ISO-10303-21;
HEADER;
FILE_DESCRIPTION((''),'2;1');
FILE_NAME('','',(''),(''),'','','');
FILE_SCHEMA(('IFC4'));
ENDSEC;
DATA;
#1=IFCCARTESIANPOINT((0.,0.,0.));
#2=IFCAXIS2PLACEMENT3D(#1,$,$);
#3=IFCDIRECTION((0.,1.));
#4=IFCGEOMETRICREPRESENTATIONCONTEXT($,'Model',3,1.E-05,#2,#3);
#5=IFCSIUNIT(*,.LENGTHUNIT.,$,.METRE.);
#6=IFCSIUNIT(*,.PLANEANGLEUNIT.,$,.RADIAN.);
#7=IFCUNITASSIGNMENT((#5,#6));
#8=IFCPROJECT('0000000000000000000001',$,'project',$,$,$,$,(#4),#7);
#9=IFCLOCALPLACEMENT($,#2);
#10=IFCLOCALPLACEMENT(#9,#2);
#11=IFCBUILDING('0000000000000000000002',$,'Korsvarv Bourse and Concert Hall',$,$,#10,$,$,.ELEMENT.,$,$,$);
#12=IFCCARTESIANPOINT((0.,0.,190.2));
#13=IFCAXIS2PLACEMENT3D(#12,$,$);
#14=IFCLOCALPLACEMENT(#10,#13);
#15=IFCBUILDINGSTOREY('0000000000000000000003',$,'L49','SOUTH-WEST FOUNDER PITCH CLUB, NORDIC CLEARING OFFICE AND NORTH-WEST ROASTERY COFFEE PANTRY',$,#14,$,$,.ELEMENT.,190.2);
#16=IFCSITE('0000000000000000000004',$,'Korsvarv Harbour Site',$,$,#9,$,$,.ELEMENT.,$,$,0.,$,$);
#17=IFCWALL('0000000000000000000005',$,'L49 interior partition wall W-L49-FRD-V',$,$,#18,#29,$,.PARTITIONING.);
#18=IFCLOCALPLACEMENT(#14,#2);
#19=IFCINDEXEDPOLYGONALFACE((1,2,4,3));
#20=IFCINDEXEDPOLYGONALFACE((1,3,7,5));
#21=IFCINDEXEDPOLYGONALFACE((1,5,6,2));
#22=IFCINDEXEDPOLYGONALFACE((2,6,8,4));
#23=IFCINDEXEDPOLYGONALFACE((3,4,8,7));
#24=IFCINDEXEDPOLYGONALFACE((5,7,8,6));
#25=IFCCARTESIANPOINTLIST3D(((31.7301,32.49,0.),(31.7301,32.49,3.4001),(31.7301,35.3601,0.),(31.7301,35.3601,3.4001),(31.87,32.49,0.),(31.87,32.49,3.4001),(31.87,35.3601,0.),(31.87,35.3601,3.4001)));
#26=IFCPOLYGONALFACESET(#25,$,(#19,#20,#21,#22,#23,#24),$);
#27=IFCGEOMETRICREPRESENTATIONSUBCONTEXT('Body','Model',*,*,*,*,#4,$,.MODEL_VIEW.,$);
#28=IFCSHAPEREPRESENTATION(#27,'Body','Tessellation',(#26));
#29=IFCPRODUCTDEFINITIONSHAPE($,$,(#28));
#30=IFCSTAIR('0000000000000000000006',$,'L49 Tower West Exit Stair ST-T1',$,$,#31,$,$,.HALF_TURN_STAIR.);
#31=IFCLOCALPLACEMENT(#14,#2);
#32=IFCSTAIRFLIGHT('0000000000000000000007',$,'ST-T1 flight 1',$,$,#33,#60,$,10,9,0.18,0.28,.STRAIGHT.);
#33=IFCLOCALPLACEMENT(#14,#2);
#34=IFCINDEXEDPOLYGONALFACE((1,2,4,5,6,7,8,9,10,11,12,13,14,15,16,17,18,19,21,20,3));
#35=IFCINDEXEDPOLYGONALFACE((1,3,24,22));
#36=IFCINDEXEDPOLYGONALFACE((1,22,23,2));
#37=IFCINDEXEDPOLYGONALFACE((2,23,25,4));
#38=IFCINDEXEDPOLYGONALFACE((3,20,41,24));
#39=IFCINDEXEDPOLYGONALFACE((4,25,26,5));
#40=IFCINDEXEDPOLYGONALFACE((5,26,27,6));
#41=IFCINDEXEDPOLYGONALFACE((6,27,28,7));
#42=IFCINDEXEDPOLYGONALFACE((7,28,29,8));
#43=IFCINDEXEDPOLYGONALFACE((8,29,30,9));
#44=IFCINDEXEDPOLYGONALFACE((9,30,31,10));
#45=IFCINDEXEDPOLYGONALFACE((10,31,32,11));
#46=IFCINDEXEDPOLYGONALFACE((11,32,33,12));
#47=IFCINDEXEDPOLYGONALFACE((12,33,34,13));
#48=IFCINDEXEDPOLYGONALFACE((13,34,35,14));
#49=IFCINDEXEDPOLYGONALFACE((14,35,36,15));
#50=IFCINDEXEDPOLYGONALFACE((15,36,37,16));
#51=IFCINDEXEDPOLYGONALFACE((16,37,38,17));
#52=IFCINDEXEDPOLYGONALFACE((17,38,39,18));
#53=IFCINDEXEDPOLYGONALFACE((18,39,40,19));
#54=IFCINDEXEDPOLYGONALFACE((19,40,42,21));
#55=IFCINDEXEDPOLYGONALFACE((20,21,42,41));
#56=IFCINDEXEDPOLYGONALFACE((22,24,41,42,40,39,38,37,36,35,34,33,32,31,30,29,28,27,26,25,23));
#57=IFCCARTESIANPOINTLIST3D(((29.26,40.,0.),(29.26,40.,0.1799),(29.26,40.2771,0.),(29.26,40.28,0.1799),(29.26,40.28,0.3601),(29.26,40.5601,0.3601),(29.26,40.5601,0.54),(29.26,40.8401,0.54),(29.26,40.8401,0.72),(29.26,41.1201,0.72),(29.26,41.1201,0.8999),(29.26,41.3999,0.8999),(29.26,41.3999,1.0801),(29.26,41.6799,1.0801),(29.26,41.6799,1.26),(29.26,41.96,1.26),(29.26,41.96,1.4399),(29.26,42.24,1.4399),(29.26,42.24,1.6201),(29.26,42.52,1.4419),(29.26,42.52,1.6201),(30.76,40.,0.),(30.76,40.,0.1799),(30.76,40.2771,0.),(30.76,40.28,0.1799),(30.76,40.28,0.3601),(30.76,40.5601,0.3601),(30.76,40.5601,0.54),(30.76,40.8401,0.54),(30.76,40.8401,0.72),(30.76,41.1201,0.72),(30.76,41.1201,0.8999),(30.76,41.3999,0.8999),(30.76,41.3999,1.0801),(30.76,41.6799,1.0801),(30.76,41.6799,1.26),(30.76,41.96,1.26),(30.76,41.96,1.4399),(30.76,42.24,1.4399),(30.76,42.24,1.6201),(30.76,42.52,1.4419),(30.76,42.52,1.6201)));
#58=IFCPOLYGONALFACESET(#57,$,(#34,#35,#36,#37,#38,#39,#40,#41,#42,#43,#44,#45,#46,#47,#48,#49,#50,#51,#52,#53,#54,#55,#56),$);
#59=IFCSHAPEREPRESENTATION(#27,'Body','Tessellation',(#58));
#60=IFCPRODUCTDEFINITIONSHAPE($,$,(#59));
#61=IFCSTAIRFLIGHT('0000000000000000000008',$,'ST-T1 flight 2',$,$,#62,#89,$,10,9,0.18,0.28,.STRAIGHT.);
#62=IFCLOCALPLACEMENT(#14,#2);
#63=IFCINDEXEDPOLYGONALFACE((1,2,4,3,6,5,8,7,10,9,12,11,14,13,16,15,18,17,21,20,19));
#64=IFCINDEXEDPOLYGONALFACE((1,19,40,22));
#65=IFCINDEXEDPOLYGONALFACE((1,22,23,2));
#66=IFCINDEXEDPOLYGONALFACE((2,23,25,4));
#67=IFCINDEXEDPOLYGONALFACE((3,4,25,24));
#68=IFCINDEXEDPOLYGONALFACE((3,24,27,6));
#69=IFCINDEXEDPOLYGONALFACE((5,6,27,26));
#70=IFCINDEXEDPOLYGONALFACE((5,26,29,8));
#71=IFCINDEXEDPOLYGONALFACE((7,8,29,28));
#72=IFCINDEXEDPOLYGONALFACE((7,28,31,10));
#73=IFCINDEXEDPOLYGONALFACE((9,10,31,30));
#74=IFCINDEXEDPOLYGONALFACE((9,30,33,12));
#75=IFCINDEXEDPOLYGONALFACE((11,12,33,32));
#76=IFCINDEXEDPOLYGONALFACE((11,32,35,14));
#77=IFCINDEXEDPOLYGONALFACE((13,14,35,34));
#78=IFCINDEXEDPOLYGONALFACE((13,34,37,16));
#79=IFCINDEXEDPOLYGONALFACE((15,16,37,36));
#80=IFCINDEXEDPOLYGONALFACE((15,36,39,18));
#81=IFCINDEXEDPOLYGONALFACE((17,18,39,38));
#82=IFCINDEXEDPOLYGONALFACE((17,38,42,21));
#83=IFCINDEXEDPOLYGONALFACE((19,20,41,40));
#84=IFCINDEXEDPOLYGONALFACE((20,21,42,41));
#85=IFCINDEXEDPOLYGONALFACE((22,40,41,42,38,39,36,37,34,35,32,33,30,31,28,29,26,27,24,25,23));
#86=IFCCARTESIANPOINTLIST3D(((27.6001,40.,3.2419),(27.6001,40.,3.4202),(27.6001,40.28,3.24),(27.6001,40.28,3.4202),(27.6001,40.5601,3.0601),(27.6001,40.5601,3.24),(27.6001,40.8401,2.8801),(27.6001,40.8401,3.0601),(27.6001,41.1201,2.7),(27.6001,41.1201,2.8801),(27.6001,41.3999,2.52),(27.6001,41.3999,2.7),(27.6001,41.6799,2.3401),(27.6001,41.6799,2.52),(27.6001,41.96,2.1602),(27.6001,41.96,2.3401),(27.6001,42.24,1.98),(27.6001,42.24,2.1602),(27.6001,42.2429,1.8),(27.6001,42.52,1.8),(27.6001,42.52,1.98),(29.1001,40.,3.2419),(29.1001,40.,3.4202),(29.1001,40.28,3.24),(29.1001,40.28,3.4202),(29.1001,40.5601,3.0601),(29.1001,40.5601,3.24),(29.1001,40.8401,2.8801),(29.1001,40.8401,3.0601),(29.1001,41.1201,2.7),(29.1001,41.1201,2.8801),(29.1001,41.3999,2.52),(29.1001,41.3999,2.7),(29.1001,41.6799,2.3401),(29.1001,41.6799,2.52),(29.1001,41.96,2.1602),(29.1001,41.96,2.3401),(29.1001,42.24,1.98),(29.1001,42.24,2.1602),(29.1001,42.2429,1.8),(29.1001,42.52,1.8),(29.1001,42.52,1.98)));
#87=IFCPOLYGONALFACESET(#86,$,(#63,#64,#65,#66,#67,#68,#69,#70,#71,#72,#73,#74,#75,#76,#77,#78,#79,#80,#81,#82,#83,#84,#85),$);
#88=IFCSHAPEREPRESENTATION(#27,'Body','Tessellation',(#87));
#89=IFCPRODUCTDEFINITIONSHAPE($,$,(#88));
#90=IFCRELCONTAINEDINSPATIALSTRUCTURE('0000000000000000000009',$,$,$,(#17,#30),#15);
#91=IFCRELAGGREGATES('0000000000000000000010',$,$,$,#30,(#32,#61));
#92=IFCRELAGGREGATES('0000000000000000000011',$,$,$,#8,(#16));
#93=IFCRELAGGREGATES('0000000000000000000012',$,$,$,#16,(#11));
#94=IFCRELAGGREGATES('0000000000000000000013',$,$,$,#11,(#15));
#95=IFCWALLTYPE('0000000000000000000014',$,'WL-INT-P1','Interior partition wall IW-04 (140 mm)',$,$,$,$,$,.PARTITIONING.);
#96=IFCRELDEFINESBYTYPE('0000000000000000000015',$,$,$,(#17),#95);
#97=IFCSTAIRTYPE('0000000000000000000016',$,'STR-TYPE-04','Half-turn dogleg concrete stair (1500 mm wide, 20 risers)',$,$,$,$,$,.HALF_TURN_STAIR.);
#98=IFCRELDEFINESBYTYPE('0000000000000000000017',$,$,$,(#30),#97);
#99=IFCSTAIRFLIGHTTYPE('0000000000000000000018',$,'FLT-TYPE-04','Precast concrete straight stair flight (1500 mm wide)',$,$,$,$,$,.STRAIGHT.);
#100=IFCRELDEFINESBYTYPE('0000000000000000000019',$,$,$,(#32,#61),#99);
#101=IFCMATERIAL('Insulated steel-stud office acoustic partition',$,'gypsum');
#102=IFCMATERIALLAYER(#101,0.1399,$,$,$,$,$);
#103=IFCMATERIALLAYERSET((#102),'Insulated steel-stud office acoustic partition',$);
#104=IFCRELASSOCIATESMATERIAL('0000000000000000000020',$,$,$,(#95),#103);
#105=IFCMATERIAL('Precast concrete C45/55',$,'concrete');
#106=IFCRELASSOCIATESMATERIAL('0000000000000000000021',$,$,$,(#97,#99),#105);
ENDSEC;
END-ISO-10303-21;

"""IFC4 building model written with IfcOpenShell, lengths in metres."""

from ifc_helpers import new_model, si_unit, direction, frame, frame_2d, origin, place, context, subcontext, project, spatial, polyline, rectangle, outline, extrude, material, layer, layer_set, type_object, element, aggregate, save


model = new_model("IFC4")

# Units and contexts
model_context = context("Model", 3, precision=1e-05, world=origin(), true_north=direction((0.0, 1.0)))
body_context = subcontext(model_context, "Body", "Model", "MODEL_VIEW")
ifc_project = project(units=[si_unit("LENGTHUNIT", "METRE"), si_unit("PLANEANGLEUNIT", "RADIAN")], contexts=[model_context])

# Site, building, storey
site_placement = place(None, origin())
site = spatial("IfcSite", under=ifc_project, at=site_placement, Name="Korsvarv Harbour Site", CompositionType="ELEMENT", RefElevation=0.0)
building_placement = place(site_placement, origin())
building = spatial("IfcBuilding", under=site, at=building_placement, Name="Korsvarv Bourse and Concert Hall", CompositionType="ELEMENT")
storey_placement = place(building_placement, frame((0.0, 0.0, 190.2)))
storey = spatial("IfcBuildingStorey", under=building, at=storey_placement, Name="L49", Description="SOUTH-WEST FOUNDER PITCH CLUB, NORDIC CLEARING OFFICE AND NORTH-WEST ROASTERY COFFEE PANTRY", CompositionType="ELEMENT", Elevation=190.2)

# Wall
ifc_material_1 = material(Name="Insulated steel-stud office acoustic partition", Category="gypsum")
ifc_layer_1 = layer(ifc_material_1, 0.1399)
ifc_layer_set_1 = layer_set([ifc_layer_1], Name="Insulated steel-stud office acoustic partition")
wall_type_1 = type_object("IfcWallType", Name="WL-INT-P1", Description="Interior partition wall IW-04 (140 mm)", PredefinedType="PARTITIONING", material=ifc_layer_set_1)
wall_1_placement = place(storey_placement, frame((31.8, 32.49, 0.0), z_axis=(0.0, 0.0, 1.0), x_axis=(0.0, 1.0, 0.0)))
element("IfcWall", 1, at=wall_1_placement, inside=storey, type_object=wall_type_1, Name="L49 interior partition wall W-L49-FRD-V", PredefinedType="PARTITIONING", context=body_context, shape_type="SweptSolid", body=[
    extrude(rectangle(XDim=2.8701, YDim=0.1399, at=frame_2d((1.4351, 0.0))), origin(), (0.0, 0.0, 1.0), 3.4001),
])

# Stair, stair flights
ifc_material_2 = material(Name="Precast concrete C45/55", Category="concrete")
stair_type = type_object("IfcStairType", Name="STR-TYPE-04", Description="Half-turn dogleg concrete stair (1500 mm wide, 20 risers)", PredefinedType="HALF_TURN_STAIR", material=ifc_material_2)
stair_placement = place(storey_placement, origin())
stair = element("IfcStair", 2, at=stair_placement, inside=storey, type_object=stair_type, Name="L49 Tower West Exit Stair ST-T1", PredefinedType="HALF_TURN_STAIR")
stair_flight_type = type_object("IfcStairFlightType", Name="FLT-TYPE-04", Description="Precast concrete straight stair flight (1500 mm wide)", PredefinedType="STRAIGHT", material=ifc_material_2)
stair_flight_1_placement = place(storey_placement, frame((30.01, 40.0, 0.0), z_axis=(0.0, 0.0, 1.0), x_axis=(0.0, 1.0, 0.0)))
stair_flight_1 = element("IfcStairFlight", 3, at=stair_flight_1_placement, type_object=stair_flight_type, Name="ST-T1 flight 1", NumberOfRisers=10, NumberOfTreads=9, PredefinedType="STRAIGHT", RiserHeight=0.18, TreadLength=0.28, context=body_context, shape_type="SweptSolid", body=[
    extrude(outline(polyline([(0.0, 0.0), (0.0, 0.1799), (0.28, 0.1799), (0.28, 0.3601), (0.5601, 0.3601), (0.5601, 0.54), (0.8401, 0.54), (0.8401, 0.72), (1.1201, 0.72), (1.1201, 0.8999), (1.3999, 0.8999), (1.3999, 1.0801), (1.6799, 1.0801), (1.6799, 1.26), (1.96, 1.26), (1.96, 1.4399), (2.24, 1.4399), (2.24, 1.6201), (2.52, 1.6201), (2.52, 1.8), (2.52, 1.4419), (0.2771, 0.0), (0.0, 0.0)])), frame((0.0, 0.75, 0.0), z_axis=(0.0, -1.0, 0.0), x_axis=(1.0, 0.0, 0.0)), (0.0, 0.0, 1.0), 1.5),
])
stair_flight_2_placement = place(storey_placement, frame((28.3501, 42.52, 1.8), z_axis=(0.0, 0.0, 1.0), x_axis=(0.0, -1.0, 0.0)))
stair_flight_2 = element("IfcStairFlight", 4, at=stair_flight_2_placement, type_object=stair_flight_type, Name="ST-T1 flight 2", NumberOfRisers=10, NumberOfTreads=9, PredefinedType="STRAIGHT", RiserHeight=0.18, TreadLength=0.28, context=body_context, shape_type="SweptSolid", body=[
    extrude(outline(polyline([(0.0, 0.0), (0.0, 0.1799), (0.28, 0.1799), (0.28, 0.3601), (0.5601, 0.3601), (0.5601, 0.54), (0.8401, 0.54), (0.8401, 0.72), (1.1201, 0.72), (1.1201, 0.8999), (1.3999, 0.8999), (1.3999, 1.0801), (1.6799, 1.0801), (1.6799, 1.26), (1.96, 1.26), (1.96, 1.4399), (2.24, 1.4399), (2.24, 1.6201), (2.52, 1.6201), (2.52, 1.8), (2.52, 1.4419), (0.2771, 0.0), (0.0, 0.0)])), frame((0.0, 0.75, 0.0), z_axis=(0.0, -1.0, 0.0), x_axis=(1.0, 0.0, 0.0)), (0.0, 0.0, 1.0), 1.5),
])
aggregate(stair, [stair_flight_1, stair_flight_2])

save(model, "model.ifc")
